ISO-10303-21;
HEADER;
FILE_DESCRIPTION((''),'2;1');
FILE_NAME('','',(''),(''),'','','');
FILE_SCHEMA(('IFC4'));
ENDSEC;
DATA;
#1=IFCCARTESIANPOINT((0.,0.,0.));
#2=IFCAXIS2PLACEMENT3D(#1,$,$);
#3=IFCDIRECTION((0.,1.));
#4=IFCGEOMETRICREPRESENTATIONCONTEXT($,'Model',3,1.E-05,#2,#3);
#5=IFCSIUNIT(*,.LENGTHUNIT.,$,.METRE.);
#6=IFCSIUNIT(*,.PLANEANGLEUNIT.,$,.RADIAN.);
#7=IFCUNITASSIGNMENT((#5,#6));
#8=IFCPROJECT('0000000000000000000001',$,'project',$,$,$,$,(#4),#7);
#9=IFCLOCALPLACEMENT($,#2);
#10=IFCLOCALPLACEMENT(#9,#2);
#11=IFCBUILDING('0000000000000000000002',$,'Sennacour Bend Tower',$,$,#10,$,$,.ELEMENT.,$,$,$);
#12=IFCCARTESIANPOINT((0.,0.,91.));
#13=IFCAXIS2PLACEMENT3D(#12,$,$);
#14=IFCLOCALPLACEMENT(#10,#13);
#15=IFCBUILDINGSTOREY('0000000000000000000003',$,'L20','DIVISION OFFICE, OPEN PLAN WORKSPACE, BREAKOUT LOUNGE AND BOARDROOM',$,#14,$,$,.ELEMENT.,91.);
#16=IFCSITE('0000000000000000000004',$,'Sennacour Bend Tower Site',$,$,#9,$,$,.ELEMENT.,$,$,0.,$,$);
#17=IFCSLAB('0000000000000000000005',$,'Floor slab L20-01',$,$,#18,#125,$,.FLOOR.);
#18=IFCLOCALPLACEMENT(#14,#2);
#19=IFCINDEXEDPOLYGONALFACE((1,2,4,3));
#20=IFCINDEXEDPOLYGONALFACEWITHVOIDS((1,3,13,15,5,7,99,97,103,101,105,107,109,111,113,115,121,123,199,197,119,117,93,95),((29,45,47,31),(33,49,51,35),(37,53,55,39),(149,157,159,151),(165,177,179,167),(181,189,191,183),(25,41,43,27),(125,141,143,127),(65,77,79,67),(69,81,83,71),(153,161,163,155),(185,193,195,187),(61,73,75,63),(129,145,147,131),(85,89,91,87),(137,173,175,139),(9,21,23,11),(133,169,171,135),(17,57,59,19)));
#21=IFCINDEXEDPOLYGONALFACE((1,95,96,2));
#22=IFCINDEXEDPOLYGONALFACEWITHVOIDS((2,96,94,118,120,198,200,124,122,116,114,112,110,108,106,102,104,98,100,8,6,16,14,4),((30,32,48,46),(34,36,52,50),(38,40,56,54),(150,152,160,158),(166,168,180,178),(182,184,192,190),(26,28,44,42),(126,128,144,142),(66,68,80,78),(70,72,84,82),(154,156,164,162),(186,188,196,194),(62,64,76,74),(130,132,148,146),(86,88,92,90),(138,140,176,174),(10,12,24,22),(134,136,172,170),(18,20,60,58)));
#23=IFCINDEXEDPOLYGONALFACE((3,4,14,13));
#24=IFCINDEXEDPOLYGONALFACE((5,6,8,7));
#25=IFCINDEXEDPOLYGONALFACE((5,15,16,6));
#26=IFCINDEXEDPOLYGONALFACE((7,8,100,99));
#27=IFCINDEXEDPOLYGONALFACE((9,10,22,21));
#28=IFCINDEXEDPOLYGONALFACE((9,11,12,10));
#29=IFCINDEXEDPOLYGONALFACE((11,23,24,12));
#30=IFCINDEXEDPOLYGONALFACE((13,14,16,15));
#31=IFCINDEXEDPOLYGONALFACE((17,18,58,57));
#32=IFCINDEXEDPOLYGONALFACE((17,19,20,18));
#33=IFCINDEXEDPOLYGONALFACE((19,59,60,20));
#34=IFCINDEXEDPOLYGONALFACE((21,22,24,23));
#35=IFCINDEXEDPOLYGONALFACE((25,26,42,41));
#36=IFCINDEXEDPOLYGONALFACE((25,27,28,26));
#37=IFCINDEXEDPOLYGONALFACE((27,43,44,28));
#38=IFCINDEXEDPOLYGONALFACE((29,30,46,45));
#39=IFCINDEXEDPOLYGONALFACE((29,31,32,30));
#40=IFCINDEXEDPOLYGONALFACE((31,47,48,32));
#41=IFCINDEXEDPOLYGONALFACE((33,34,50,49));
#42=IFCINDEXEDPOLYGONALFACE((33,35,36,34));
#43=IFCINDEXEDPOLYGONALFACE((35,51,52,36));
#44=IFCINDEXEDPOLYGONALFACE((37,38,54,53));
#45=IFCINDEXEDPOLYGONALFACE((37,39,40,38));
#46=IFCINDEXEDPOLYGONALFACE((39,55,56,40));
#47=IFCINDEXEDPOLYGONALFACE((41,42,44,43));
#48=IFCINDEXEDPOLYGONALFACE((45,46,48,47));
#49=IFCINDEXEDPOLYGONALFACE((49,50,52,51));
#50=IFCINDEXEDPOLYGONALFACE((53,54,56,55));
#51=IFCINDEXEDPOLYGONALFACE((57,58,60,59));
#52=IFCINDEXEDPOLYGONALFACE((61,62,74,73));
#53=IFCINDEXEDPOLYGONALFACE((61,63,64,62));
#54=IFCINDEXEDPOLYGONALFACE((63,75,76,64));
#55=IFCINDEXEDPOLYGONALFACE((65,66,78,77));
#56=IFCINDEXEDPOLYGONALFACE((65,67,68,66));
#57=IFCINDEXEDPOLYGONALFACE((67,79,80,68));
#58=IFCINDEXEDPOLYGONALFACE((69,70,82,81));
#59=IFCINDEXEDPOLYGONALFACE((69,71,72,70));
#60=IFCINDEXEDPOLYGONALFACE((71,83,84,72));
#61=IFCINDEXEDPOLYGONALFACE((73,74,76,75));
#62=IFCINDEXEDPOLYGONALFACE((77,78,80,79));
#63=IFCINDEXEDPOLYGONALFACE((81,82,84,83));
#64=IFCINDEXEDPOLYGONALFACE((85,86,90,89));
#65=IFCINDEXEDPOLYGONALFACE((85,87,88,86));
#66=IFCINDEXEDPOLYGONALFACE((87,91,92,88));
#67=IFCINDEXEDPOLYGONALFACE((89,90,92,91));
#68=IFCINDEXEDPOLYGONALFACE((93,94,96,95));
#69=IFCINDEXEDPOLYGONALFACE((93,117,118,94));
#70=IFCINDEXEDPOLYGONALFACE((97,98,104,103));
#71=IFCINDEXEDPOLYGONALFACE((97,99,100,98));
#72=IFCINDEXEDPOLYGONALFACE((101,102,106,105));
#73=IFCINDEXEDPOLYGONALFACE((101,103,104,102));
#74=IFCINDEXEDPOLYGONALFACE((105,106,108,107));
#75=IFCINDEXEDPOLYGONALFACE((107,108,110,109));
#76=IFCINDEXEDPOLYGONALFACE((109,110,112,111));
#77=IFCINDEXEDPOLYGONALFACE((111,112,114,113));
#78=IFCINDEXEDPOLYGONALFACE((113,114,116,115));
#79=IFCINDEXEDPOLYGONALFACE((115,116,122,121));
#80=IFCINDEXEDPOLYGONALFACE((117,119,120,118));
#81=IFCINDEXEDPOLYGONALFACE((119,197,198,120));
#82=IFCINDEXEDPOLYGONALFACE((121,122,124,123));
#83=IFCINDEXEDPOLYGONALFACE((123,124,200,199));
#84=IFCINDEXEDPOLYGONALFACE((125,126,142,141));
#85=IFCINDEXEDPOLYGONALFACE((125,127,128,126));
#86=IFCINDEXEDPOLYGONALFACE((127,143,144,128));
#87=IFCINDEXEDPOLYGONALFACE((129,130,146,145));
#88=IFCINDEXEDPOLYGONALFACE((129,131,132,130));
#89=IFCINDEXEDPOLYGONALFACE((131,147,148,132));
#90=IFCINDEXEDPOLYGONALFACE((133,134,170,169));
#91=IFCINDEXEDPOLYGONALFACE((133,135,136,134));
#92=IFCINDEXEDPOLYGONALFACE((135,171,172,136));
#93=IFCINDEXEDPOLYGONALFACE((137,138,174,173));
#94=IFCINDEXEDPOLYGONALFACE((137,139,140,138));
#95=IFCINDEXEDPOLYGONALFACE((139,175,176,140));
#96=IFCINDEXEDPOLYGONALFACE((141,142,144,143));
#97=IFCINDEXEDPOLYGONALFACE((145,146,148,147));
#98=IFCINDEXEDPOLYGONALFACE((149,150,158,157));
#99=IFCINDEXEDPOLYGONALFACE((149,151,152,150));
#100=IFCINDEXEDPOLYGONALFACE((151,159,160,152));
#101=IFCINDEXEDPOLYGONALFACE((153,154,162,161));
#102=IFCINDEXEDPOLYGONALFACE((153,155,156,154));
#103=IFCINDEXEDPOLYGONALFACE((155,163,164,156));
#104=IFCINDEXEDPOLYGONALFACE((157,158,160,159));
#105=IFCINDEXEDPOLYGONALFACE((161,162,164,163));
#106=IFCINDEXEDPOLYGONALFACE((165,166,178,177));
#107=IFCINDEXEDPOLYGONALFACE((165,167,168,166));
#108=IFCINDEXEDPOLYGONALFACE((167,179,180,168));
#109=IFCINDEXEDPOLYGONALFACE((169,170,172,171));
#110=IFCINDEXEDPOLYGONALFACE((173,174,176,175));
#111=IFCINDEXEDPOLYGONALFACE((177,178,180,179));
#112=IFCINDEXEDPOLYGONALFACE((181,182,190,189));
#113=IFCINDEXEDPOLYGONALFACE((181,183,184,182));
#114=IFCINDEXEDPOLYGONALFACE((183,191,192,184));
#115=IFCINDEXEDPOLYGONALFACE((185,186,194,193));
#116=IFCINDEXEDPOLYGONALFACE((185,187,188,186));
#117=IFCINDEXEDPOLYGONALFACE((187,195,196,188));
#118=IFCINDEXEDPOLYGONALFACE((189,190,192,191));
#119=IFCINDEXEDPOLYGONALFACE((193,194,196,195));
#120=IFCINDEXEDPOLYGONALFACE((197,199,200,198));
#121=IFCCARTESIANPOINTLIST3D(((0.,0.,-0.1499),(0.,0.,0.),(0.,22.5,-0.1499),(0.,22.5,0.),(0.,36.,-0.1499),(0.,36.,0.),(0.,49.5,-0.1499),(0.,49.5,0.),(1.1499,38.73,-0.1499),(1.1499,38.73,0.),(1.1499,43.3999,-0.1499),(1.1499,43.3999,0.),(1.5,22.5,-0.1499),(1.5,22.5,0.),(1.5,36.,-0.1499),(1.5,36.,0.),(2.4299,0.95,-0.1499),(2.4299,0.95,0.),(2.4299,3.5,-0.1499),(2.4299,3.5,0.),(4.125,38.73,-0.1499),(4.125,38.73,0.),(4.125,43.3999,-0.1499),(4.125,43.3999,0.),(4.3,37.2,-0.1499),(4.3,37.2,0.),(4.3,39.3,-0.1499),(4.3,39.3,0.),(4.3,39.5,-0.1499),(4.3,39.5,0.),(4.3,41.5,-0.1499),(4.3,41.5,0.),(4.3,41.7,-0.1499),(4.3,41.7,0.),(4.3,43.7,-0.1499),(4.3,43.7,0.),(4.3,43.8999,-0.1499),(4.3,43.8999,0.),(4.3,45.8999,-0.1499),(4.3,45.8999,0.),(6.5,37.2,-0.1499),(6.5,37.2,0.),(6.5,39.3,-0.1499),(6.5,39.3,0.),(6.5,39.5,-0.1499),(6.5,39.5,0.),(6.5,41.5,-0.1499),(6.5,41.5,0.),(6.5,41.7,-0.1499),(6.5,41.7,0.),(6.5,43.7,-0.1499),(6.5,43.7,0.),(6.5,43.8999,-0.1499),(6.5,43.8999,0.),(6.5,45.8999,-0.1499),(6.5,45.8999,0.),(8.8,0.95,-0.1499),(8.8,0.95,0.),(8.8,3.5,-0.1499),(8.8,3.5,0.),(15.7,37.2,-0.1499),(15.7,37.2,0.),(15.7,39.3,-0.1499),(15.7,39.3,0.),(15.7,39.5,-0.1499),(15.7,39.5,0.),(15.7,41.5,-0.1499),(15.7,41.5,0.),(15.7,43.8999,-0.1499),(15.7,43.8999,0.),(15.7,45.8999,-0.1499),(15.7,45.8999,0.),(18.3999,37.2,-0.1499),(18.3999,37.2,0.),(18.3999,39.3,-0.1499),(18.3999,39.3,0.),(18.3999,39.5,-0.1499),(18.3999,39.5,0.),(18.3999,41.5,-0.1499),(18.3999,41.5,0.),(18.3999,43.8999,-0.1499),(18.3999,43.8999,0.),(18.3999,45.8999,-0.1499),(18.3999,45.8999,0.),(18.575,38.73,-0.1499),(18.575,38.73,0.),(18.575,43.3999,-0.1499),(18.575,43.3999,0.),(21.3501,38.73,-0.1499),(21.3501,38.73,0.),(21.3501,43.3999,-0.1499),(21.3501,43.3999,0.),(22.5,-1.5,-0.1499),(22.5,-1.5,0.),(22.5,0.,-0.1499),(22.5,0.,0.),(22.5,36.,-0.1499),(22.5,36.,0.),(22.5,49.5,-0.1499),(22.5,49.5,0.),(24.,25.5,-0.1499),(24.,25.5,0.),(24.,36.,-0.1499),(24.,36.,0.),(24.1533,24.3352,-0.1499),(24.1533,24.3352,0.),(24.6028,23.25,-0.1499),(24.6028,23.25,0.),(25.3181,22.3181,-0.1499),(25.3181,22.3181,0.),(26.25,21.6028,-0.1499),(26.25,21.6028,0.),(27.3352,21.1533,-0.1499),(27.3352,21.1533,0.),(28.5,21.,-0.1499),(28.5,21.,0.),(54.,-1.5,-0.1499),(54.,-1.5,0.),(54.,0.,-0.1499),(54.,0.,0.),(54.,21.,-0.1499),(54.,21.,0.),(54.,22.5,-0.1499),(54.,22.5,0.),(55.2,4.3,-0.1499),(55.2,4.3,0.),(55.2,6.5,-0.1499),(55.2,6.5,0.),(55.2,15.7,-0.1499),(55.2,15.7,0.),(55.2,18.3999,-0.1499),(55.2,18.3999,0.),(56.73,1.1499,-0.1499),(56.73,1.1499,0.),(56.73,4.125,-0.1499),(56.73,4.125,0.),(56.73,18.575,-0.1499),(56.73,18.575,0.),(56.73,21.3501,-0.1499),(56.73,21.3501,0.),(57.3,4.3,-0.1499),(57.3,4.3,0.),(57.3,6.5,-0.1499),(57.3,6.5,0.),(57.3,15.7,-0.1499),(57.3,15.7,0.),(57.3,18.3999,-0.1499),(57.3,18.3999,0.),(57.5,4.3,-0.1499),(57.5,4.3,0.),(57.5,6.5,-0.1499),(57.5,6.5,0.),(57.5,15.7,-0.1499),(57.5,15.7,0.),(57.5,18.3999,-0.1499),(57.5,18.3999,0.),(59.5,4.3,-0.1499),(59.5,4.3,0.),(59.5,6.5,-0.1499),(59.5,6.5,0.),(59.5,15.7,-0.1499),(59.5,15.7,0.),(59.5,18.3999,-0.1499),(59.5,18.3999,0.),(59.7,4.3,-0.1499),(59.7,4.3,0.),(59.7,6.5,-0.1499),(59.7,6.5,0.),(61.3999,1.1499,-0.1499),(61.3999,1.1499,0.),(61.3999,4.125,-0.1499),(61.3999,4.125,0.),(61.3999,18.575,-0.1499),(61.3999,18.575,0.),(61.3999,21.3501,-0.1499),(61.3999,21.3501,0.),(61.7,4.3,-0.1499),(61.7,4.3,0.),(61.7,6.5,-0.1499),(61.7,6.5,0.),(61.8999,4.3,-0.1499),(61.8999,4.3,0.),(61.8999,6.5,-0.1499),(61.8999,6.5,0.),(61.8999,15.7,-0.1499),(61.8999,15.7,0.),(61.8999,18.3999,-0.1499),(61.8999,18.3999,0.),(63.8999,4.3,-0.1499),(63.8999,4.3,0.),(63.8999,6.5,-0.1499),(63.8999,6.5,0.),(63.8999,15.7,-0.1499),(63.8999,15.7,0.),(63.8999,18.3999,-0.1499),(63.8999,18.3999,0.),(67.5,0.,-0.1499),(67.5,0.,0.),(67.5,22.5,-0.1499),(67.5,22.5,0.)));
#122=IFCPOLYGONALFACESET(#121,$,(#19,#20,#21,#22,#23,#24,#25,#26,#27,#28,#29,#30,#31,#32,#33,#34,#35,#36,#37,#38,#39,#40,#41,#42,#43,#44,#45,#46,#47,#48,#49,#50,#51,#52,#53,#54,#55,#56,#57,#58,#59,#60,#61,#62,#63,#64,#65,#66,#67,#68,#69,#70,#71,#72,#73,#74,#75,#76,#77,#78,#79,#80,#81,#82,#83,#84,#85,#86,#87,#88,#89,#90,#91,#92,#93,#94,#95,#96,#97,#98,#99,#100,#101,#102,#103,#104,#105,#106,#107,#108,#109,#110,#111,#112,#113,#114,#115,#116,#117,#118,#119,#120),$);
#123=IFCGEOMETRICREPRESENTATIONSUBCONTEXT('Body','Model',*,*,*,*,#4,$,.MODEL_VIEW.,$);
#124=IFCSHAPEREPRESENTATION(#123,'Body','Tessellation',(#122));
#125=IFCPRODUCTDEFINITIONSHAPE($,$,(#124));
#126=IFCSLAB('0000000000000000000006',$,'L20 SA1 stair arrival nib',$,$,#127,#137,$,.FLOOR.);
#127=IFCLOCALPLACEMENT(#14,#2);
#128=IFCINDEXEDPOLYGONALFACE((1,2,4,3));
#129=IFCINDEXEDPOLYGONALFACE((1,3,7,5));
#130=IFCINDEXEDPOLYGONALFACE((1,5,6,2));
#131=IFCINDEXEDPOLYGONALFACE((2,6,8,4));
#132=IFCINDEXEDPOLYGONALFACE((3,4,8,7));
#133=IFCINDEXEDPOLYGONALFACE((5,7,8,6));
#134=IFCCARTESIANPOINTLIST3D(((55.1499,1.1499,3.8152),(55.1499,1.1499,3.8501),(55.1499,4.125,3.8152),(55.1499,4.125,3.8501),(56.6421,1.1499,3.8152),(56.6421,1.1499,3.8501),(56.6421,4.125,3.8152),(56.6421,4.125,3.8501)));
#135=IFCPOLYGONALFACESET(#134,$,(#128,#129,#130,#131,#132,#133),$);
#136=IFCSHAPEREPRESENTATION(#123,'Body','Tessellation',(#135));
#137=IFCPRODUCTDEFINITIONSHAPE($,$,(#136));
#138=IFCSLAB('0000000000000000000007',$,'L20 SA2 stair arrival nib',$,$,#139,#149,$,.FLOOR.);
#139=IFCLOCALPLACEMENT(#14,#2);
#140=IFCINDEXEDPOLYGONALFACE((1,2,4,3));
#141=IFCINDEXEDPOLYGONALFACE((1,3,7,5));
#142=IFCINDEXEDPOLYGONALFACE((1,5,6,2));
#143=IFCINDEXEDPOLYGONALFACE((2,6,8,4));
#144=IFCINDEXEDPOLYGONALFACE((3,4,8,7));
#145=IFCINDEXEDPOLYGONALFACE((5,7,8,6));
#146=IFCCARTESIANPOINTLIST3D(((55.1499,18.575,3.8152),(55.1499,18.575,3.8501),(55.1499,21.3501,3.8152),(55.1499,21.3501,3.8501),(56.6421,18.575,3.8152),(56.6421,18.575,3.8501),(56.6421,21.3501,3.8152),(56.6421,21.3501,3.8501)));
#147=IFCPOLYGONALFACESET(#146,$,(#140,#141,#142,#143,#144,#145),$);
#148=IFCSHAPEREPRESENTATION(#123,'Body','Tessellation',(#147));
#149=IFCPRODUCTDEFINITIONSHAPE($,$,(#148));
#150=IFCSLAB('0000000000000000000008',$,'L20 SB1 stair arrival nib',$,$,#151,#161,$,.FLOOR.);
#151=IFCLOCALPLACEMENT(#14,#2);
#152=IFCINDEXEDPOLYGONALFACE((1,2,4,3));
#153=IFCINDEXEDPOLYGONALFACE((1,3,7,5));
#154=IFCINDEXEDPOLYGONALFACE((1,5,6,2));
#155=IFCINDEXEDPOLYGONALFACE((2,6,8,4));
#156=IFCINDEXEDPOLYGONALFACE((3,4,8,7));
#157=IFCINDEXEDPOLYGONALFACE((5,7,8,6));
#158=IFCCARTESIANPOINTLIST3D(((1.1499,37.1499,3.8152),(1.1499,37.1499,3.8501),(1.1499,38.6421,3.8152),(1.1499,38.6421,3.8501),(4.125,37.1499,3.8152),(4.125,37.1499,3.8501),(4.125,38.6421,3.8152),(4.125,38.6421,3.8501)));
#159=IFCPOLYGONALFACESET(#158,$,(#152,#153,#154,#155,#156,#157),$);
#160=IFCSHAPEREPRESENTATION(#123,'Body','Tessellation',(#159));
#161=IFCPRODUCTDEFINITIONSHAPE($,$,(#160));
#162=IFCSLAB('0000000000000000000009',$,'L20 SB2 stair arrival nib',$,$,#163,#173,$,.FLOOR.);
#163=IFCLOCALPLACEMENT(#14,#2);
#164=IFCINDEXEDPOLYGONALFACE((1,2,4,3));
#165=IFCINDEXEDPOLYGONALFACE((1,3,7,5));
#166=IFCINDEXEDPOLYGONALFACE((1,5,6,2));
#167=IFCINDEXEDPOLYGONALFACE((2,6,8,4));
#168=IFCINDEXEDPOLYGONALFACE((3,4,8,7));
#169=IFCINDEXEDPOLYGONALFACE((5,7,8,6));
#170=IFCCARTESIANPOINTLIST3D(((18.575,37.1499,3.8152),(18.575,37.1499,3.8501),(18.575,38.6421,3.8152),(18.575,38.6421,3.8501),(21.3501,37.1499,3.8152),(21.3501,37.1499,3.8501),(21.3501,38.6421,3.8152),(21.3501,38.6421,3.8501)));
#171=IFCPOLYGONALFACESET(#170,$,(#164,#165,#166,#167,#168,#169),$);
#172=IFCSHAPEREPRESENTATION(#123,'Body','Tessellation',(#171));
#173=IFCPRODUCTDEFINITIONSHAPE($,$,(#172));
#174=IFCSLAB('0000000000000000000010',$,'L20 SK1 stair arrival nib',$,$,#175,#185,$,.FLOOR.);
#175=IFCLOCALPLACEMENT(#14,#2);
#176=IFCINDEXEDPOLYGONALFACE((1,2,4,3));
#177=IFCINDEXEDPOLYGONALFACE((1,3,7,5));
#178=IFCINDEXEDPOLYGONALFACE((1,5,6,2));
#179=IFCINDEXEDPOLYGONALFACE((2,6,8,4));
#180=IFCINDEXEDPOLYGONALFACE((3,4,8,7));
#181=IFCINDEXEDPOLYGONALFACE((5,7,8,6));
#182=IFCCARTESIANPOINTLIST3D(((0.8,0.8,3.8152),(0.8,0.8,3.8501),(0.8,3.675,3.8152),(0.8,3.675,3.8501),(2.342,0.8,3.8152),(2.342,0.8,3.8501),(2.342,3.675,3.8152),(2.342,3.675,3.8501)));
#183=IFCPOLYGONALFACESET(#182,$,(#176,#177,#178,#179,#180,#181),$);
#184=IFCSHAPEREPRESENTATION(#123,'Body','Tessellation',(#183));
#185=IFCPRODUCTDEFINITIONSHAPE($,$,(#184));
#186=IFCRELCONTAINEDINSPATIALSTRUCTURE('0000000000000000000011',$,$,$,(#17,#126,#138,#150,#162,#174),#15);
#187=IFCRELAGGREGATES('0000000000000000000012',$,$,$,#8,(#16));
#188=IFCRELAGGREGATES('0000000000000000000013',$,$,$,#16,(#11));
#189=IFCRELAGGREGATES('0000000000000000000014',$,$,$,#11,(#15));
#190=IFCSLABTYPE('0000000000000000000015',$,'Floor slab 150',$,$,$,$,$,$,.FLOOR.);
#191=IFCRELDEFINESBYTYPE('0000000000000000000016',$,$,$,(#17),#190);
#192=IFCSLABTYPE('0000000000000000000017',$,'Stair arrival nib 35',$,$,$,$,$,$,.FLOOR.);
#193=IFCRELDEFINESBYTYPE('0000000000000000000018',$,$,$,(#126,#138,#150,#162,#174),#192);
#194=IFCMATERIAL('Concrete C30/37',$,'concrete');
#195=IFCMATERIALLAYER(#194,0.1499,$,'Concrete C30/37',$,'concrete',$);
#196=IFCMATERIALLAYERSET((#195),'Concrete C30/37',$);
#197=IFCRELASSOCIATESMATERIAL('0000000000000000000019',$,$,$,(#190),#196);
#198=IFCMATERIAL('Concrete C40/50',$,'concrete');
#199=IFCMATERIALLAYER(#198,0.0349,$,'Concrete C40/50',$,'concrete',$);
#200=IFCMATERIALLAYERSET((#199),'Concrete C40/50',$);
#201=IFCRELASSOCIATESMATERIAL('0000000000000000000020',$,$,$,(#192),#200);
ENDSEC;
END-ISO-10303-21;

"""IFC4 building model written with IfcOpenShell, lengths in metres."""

from ifc_helpers import new_model, si_unit, direction, frame, origin, place, context, subcontext, project, spatial, polyline, outline, extrude, material, layer, layer_set, type_object, element, save


model = new_model("IFC4")

# Units and contexts
model_context = context("Model", 3, precision=1e-05, world=origin(), true_north=direction((0.0, 1.0)))
body_context = subcontext(model_context, "Body", "Model", "MODEL_VIEW")
ifc_project = project(units=[si_unit("LENGTHUNIT", "METRE"), si_unit("PLANEANGLEUNIT", "RADIAN")], contexts=[model_context])

# Site, building, storey
site_placement = place(None, origin())
site = spatial("IfcSite", under=ifc_project, at=site_placement, Name="Sennacour Bend Tower Site", CompositionType="ELEMENT", RefElevation=0.0)
building_placement = place(site_placement, origin())
building = spatial("IfcBuilding", under=site, at=building_placement, Name="Sennacour Bend Tower", CompositionType="ELEMENT")
storey_placement = place(building_placement, frame((0.0, 0.0, 91.0)))
storey = spatial("IfcBuildingStorey", under=building, at=storey_placement, Name="L20", Description="DIVISION OFFICE, OPEN PLAN WORKSPACE, BREAKOUT LOUNGE AND BOARDROOM", CompositionType="ELEMENT", Elevation=91.0)

# Slabs
ifc_material_1 = material(Name="Concrete C30/37", Category="concrete")
ifc_layer_1 = layer(ifc_material_1, 0.1499, Name="Concrete C30/37", Category="concrete")
ifc_layer_set_1 = layer_set([ifc_layer_1], Name="Concrete C30/37")
slab_type_1 = type_object("IfcSlabType", Name="Floor slab 150", PredefinedType="FLOOR", material=ifc_layer_set_1)
slab_1_placement = place(storey_placement, frame((0.0, 0.0, -0.1499)))
element("IfcSlab", 1, at=slab_1_placement, inside=storey, type_object=slab_type_1, Name="Floor slab L20-01", PredefinedType="FLOOR", context=body_context, shape_type="SweptSolid", body=[
    extrude(outline(polyline([(22.5, 0.0), (0.0, 0.0), (0.0, 22.5), (1.5, 22.5), (1.5, 36.0), (0.0, 36.0), (0.0, 49.5), (22.5, 49.5), (22.5, 36.0), (24.0, 36.0), (24.0, 25.5), (24.1533, 24.3352), (24.6028, 23.25), (25.3181, 22.3181), (26.25, 21.6028), (27.3352, 21.1533), (28.5, 21.0), (54.0, 21.0), (54.0, 22.5), (67.5, 22.5), (67.5, 0.0), (54.0, 0.0), (54.0, -1.5), (22.5, -1.5), (22.5, 0.0)]), holes=[polyline([(8.8, 0.95), (8.8, 3.5), (2.4299, 3.5), (2.4299, 0.95), (8.8, 0.95)]), polyline([(6.5, 37.2), (6.5, 39.3), (4.3, 39.3), (4.3, 37.2), (6.5, 37.2)]), polyline([(18.3999, 37.2), (18.3999, 39.3), (15.7, 39.3), (15.7, 37.2), (18.3999, 37.2)]), polyline([(6.5, 39.5), (6.5, 41.5), (4.3, 41.5), (4.3, 39.5), (6.5, 39.5)]), polyline([(18.3999, 39.5), (18.3999, 41.5), (15.7, 41.5), (15.7, 39.5), (18.3999, 39.5)]), polyline([(4.125, 38.73), (4.125, 43.3999), (1.1499, 43.3999), (1.1499, 38.73), (4.125, 38.73)]), polyline([(21.3501, 38.73), (21.3501, 43.3999), (18.575, 43.3999), (18.575, 38.73), (21.3501, 38.73)]), polyline([(4.3, 41.7), (6.5, 41.7), (6.5, 43.7), (4.3, 43.7), (4.3, 41.7)]), polyline([(4.3, 43.8999), (6.5, 43.8999), (6.5, 45.8999), (4.3, 45.8999), (4.3, 43.8999)]), polyline([(18.3999, 43.8999), (18.3999, 45.8999), (15.7, 45.8999), (15.7, 43.8999), (18.3999, 43.8999)]), polyline([(61.3999, 1.1499), (61.3999, 4.125), (56.73, 4.125), (56.73, 1.1499), (61.3999, 1.1499)]), polyline([(57.3, 4.3), (57.3, 6.5), (55.2, 6.5), (55.2, 4.3), (57.3, 4.3)]), polyline([(57.5, 4.3), (59.5, 4.3), (59.5, 6.5), (57.5, 6.5), (57.5, 4.3)]), polyline([(59.7, 4.3), (61.7, 4.3), (61.7, 6.5), (59.7, 6.5), (59.7, 4.3)]), polyline([(63.8999, 4.3), (63.8999, 6.5), (61.8999, 6.5), (61.8999, 4.3), (63.8999, 4.3)]), polyline([(57.3, 15.7), (57.3, 18.3999), (55.2, 18.3999), (55.2, 15.7), (57.3, 15.7)]), polyline([(59.5, 15.7), (59.5, 18.3999), (57.5, 18.3999), (57.5, 15.7), (59.5, 15.7)]), polyline([(61.8999, 15.7), (63.8999, 15.7), (63.8999, 18.3999), (61.8999, 18.3999), (61.8999, 15.7)]), polyline([(56.73, 18.575), (61.3999, 18.575), (61.3999, 21.3501), (56.73, 21.3501), (56.73, 18.575)])]), origin(), (0.0, 0.0, 1.0), 0.1499),
])
ifc_material_2 = material(Name="Concrete C40/50", Category="concrete")
ifc_layer_2 = layer(ifc_material_2, 0.0349, Name="Concrete C40/50", Category="concrete")
ifc_layer_set_2 = layer_set([ifc_layer_2], Name="Concrete C40/50")
slab_type_2 = type_object("IfcSlabType", Name="Stair arrival nib 35", PredefinedType="FLOOR", material=ifc_layer_set_2)
slab_2_placement = place(storey_placement, frame((0.0, 0.0, 3.8152)))
element("IfcSlab", 2, at=slab_2_placement, inside=storey, type_object=slab_type_2, Name="L20 SA1 stair arrival nib", PredefinedType="FLOOR", context=body_context, shape_type="SweptSolid", body=[
    extrude(outline(polyline([(56.6421, 4.125), (55.1499, 4.125), (55.1499, 1.1499), (56.6421, 1.1499), (56.6421, 4.125)])), origin(), (0.0, 0.0, 1.0), 0.0349),
])
slab_3_placement = place(storey_placement, frame((0.0, 0.0, 3.8152)))
element("IfcSlab", 3, at=slab_3_placement, inside=storey, type_object=slab_type_2, Name="L20 SA2 stair arrival nib", PredefinedType="FLOOR", context=body_context, shape_type="SweptSolid", body=[
    extrude(outline(polyline([(56.6421, 21.3501), (55.1499, 21.3501), (55.1499, 18.575), (56.6421, 18.575), (56.6421, 21.3501)])), origin(), (0.0, 0.0, 1.0), 0.0349),
])
slab_4_placement = place(storey_placement, frame((0.0, 0.0, 3.8152)))
element("IfcSlab", 4, at=slab_4_placement, inside=storey, type_object=slab_type_2, Name="L20 SB1 stair arrival nib", PredefinedType="FLOOR", context=body_context, shape_type="SweptSolid", body=[
    extrude(outline(polyline([(1.1499, 38.6421), (1.1499, 37.1499), (4.125, 37.1499), (4.125, 38.6421), (1.1499, 38.6421)])), origin(), (0.0, 0.0, 1.0), 0.0349),
])
slab_5_placement = place(storey_placement, frame((0.0, 0.0, 3.8152)))
element("IfcSlab", 5, at=slab_5_placement, inside=storey, type_object=slab_type_2, Name="L20 SB2 stair arrival nib", PredefinedType="FLOOR", context=body_context, shape_type="SweptSolid", body=[
    extrude(outline(polyline([(18.575, 38.6421), (18.575, 37.1499), (21.3501, 37.1499), (21.3501, 38.6421), (18.575, 38.6421)])), origin(), (0.0, 0.0, 1.0), 0.0349),
])
slab_6_placement = place(storey_placement, frame((0.0, 0.0, 3.8152)))
element("IfcSlab", 6, at=slab_6_placement, inside=storey, type_object=slab_type_2, Name="L20 SK1 stair arrival nib", PredefinedType="FLOOR", context=body_context, shape_type="SweptSolid", body=[
    extrude(outline(polyline([(2.342, 3.675), (0.8, 3.675), (0.8, 0.8), (2.342, 0.8), (2.342, 3.675)])), origin(), (0.0, 0.0, 1.0), 0.0349),
])

save(model, "model.ifc")
